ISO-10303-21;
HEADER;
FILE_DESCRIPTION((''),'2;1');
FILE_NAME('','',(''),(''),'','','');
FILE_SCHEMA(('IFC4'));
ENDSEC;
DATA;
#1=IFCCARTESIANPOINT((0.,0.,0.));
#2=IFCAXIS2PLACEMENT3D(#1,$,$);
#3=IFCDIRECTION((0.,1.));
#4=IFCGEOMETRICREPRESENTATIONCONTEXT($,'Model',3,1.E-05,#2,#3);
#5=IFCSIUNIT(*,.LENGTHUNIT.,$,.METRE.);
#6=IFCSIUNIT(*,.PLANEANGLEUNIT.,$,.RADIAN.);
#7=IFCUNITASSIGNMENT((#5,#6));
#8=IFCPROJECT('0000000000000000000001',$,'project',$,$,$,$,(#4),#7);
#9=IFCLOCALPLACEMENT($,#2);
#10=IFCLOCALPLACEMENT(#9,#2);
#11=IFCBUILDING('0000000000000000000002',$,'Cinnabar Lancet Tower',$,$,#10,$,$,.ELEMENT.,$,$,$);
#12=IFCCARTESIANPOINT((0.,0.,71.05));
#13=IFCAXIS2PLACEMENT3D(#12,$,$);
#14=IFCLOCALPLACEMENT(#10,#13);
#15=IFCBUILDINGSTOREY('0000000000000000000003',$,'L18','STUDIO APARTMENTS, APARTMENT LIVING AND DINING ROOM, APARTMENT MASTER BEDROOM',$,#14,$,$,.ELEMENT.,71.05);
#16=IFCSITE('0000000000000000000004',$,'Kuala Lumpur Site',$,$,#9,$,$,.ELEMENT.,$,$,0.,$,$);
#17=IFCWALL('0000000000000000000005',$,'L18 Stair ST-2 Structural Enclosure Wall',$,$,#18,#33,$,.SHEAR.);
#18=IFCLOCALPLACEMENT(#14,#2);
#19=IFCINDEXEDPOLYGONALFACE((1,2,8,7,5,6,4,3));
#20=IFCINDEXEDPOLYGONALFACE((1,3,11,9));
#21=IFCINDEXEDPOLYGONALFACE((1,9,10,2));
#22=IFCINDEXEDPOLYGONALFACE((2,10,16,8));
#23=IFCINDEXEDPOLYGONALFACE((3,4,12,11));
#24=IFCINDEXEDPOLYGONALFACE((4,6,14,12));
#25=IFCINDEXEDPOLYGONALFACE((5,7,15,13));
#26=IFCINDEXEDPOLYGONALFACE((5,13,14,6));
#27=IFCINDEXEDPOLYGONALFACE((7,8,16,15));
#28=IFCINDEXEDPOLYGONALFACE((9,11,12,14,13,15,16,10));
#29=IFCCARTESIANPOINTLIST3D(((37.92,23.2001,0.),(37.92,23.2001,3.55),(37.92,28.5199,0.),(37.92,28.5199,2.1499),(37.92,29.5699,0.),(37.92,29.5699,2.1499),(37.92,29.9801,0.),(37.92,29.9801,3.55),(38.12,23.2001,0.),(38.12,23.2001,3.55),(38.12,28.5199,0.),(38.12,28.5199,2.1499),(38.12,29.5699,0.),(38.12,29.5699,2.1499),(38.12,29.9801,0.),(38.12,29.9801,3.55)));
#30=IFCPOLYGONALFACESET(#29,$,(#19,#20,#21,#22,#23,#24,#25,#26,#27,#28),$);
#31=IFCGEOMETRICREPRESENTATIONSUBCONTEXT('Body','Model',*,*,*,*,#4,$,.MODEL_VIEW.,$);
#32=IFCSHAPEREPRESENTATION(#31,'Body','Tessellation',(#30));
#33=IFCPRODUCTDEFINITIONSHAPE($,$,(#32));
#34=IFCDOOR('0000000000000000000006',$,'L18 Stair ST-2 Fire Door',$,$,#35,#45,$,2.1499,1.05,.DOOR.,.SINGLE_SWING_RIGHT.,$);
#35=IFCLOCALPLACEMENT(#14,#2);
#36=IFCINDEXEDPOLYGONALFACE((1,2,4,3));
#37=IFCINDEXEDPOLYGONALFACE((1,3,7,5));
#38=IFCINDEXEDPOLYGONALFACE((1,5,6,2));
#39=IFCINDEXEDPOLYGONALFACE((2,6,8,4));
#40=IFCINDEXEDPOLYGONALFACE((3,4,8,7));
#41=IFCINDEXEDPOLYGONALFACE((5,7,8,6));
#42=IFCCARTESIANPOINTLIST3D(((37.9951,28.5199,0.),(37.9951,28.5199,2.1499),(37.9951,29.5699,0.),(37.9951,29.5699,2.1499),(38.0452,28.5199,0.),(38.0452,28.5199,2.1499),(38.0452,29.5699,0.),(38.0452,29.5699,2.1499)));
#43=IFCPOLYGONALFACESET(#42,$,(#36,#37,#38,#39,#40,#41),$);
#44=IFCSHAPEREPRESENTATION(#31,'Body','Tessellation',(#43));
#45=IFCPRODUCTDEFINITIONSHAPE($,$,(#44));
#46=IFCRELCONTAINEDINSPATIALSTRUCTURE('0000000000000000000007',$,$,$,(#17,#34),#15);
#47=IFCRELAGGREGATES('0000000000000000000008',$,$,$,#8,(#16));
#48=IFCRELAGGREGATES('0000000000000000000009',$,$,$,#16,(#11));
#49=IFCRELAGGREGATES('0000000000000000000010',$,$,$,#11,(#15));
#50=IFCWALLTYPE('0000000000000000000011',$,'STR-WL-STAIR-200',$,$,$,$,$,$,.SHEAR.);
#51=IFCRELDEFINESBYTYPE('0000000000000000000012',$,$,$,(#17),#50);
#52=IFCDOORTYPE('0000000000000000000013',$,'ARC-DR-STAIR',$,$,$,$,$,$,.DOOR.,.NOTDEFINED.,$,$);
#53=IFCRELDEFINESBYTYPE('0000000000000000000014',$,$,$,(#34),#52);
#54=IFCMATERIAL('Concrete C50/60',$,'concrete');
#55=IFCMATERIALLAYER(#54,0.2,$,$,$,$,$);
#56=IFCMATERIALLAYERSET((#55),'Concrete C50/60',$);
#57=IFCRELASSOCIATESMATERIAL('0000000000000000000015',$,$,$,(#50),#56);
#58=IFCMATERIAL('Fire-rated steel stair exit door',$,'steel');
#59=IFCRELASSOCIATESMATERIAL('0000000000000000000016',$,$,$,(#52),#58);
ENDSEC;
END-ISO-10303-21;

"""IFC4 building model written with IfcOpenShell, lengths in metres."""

from ifc_helpers import new_model, si_unit, direction, frame, frame_2d, origin, place, context, subcontext, project, spatial, rectangle, extrude, material, layer, layer_set, type_object, element, fill, save


model = new_model("IFC4")

# Units and contexts
model_context = context("Model", 3, precision=1e-05, world=origin(), true_north=direction((0.0, 1.0)))
body_context = subcontext(model_context, "Body", "Model", "MODEL_VIEW")
ifc_project = project(units=[si_unit("LENGTHUNIT", "METRE"), si_unit("PLANEANGLEUNIT", "RADIAN")], contexts=[model_context])

# Site, building, storey
site_placement = place(None, origin())
site = spatial("IfcSite", under=ifc_project, at=site_placement, Name="Kuala Lumpur Site", CompositionType="ELEMENT", RefElevation=0.0)
building_placement = place(site_placement, origin())
building = spatial("IfcBuilding", under=site, at=building_placement, Name="Cinnabar Lancet Tower", CompositionType="ELEMENT")
storey_placement = place(building_placement, frame((0.0, 0.0, 71.05)))
storey = spatial("IfcBuildingStorey", under=building, at=storey_placement, Name="L18", Description="STUDIO APARTMENTS, APARTMENT LIVING AND DINING ROOM, APARTMENT MASTER BEDROOM", CompositionType="ELEMENT", Elevation=71.05)

# Wall, opening, door
ifc_material_1 = material(Name="Concrete C50/60", Category="concrete")
ifc_layer_1 = layer(ifc_material_1, 0.2)
ifc_layer_set_1 = layer_set([ifc_layer_1], Name="Concrete C50/60")
wall_type_1 = type_object("IfcWallType", Name="STR-WL-STAIR-200", PredefinedType="SHEAR", material=ifc_layer_set_1)
wall_1_placement = place(storey_placement, frame((38.02, 23.2, 0.0), z_axis=(0.0, 0.0, 1.0), x_axis=(0.0, 1.0, 0.0)))
wall_1 = element("IfcWall", 1, at=wall_1_placement, inside=storey, type_object=wall_type_1, Name="L18 Stair ST-2 Structural Enclosure Wall", PredefinedType="SHEAR", context=body_context, shape_type="SweptSolid", body=[
    extrude(rectangle(XDim=6.78, YDim=0.2, at=frame_2d((3.3901, 0.0))), origin(), (0.0, 0.0, 1.0), 3.55),
])
opening_1_placement = place(wall_1_placement, frame((5.3201, 0.0, 0.0)))
opening_1 = element("IfcOpeningElement", 2, at=opening_1_placement, cuts=wall_1, PredefinedType="OPENING", context=body_context, shape_type="SweptSolid", body=[
    extrude(rectangle(XDim=1.05, YDim=2.1499, at=frame_2d((0.5249, 1.075))), frame((0.0, 0.1099, 0.0), z_axis=(0.0, -1.0, 0.0), x_axis=(1.0, 0.0, 0.0)), (0.0, 0.0, 1.0), 0.22),
])
ifc_material_2 = material(Name="Fire-rated steel stair exit door", Category="steel")
door_type_1 = type_object("IfcDoorType", Name="ARC-DR-STAIR", OperationType="NOTDEFINED", PredefinedType="DOOR", material=ifc_material_2)
door_1_placement = place(opening_1_placement, origin())
door_1 = element("IfcDoor", 3, at=door_1_placement, inside=storey, type_object=door_type_1, Name="L18 Stair ST-2 Fire Door", OperationType="SINGLE_SWING_RIGHT", OverallHeight=2.1499, OverallWidth=1.05, PredefinedType="DOOR", context=body_context, shape_type="SweptSolid", body=[
    extrude(rectangle(XDim=1.05, YDim=2.1499, at=frame_2d((0.5249, 1.075))), frame((0.0, 0.0249, 0.0), z_axis=(0.0, -1.0, 0.0), x_axis=(1.0, 0.0, 0.0)), (0.0, 0.0, 1.0), 0.05),
])
fill(opening_1, door_1)

save(model, "model.ifc")
